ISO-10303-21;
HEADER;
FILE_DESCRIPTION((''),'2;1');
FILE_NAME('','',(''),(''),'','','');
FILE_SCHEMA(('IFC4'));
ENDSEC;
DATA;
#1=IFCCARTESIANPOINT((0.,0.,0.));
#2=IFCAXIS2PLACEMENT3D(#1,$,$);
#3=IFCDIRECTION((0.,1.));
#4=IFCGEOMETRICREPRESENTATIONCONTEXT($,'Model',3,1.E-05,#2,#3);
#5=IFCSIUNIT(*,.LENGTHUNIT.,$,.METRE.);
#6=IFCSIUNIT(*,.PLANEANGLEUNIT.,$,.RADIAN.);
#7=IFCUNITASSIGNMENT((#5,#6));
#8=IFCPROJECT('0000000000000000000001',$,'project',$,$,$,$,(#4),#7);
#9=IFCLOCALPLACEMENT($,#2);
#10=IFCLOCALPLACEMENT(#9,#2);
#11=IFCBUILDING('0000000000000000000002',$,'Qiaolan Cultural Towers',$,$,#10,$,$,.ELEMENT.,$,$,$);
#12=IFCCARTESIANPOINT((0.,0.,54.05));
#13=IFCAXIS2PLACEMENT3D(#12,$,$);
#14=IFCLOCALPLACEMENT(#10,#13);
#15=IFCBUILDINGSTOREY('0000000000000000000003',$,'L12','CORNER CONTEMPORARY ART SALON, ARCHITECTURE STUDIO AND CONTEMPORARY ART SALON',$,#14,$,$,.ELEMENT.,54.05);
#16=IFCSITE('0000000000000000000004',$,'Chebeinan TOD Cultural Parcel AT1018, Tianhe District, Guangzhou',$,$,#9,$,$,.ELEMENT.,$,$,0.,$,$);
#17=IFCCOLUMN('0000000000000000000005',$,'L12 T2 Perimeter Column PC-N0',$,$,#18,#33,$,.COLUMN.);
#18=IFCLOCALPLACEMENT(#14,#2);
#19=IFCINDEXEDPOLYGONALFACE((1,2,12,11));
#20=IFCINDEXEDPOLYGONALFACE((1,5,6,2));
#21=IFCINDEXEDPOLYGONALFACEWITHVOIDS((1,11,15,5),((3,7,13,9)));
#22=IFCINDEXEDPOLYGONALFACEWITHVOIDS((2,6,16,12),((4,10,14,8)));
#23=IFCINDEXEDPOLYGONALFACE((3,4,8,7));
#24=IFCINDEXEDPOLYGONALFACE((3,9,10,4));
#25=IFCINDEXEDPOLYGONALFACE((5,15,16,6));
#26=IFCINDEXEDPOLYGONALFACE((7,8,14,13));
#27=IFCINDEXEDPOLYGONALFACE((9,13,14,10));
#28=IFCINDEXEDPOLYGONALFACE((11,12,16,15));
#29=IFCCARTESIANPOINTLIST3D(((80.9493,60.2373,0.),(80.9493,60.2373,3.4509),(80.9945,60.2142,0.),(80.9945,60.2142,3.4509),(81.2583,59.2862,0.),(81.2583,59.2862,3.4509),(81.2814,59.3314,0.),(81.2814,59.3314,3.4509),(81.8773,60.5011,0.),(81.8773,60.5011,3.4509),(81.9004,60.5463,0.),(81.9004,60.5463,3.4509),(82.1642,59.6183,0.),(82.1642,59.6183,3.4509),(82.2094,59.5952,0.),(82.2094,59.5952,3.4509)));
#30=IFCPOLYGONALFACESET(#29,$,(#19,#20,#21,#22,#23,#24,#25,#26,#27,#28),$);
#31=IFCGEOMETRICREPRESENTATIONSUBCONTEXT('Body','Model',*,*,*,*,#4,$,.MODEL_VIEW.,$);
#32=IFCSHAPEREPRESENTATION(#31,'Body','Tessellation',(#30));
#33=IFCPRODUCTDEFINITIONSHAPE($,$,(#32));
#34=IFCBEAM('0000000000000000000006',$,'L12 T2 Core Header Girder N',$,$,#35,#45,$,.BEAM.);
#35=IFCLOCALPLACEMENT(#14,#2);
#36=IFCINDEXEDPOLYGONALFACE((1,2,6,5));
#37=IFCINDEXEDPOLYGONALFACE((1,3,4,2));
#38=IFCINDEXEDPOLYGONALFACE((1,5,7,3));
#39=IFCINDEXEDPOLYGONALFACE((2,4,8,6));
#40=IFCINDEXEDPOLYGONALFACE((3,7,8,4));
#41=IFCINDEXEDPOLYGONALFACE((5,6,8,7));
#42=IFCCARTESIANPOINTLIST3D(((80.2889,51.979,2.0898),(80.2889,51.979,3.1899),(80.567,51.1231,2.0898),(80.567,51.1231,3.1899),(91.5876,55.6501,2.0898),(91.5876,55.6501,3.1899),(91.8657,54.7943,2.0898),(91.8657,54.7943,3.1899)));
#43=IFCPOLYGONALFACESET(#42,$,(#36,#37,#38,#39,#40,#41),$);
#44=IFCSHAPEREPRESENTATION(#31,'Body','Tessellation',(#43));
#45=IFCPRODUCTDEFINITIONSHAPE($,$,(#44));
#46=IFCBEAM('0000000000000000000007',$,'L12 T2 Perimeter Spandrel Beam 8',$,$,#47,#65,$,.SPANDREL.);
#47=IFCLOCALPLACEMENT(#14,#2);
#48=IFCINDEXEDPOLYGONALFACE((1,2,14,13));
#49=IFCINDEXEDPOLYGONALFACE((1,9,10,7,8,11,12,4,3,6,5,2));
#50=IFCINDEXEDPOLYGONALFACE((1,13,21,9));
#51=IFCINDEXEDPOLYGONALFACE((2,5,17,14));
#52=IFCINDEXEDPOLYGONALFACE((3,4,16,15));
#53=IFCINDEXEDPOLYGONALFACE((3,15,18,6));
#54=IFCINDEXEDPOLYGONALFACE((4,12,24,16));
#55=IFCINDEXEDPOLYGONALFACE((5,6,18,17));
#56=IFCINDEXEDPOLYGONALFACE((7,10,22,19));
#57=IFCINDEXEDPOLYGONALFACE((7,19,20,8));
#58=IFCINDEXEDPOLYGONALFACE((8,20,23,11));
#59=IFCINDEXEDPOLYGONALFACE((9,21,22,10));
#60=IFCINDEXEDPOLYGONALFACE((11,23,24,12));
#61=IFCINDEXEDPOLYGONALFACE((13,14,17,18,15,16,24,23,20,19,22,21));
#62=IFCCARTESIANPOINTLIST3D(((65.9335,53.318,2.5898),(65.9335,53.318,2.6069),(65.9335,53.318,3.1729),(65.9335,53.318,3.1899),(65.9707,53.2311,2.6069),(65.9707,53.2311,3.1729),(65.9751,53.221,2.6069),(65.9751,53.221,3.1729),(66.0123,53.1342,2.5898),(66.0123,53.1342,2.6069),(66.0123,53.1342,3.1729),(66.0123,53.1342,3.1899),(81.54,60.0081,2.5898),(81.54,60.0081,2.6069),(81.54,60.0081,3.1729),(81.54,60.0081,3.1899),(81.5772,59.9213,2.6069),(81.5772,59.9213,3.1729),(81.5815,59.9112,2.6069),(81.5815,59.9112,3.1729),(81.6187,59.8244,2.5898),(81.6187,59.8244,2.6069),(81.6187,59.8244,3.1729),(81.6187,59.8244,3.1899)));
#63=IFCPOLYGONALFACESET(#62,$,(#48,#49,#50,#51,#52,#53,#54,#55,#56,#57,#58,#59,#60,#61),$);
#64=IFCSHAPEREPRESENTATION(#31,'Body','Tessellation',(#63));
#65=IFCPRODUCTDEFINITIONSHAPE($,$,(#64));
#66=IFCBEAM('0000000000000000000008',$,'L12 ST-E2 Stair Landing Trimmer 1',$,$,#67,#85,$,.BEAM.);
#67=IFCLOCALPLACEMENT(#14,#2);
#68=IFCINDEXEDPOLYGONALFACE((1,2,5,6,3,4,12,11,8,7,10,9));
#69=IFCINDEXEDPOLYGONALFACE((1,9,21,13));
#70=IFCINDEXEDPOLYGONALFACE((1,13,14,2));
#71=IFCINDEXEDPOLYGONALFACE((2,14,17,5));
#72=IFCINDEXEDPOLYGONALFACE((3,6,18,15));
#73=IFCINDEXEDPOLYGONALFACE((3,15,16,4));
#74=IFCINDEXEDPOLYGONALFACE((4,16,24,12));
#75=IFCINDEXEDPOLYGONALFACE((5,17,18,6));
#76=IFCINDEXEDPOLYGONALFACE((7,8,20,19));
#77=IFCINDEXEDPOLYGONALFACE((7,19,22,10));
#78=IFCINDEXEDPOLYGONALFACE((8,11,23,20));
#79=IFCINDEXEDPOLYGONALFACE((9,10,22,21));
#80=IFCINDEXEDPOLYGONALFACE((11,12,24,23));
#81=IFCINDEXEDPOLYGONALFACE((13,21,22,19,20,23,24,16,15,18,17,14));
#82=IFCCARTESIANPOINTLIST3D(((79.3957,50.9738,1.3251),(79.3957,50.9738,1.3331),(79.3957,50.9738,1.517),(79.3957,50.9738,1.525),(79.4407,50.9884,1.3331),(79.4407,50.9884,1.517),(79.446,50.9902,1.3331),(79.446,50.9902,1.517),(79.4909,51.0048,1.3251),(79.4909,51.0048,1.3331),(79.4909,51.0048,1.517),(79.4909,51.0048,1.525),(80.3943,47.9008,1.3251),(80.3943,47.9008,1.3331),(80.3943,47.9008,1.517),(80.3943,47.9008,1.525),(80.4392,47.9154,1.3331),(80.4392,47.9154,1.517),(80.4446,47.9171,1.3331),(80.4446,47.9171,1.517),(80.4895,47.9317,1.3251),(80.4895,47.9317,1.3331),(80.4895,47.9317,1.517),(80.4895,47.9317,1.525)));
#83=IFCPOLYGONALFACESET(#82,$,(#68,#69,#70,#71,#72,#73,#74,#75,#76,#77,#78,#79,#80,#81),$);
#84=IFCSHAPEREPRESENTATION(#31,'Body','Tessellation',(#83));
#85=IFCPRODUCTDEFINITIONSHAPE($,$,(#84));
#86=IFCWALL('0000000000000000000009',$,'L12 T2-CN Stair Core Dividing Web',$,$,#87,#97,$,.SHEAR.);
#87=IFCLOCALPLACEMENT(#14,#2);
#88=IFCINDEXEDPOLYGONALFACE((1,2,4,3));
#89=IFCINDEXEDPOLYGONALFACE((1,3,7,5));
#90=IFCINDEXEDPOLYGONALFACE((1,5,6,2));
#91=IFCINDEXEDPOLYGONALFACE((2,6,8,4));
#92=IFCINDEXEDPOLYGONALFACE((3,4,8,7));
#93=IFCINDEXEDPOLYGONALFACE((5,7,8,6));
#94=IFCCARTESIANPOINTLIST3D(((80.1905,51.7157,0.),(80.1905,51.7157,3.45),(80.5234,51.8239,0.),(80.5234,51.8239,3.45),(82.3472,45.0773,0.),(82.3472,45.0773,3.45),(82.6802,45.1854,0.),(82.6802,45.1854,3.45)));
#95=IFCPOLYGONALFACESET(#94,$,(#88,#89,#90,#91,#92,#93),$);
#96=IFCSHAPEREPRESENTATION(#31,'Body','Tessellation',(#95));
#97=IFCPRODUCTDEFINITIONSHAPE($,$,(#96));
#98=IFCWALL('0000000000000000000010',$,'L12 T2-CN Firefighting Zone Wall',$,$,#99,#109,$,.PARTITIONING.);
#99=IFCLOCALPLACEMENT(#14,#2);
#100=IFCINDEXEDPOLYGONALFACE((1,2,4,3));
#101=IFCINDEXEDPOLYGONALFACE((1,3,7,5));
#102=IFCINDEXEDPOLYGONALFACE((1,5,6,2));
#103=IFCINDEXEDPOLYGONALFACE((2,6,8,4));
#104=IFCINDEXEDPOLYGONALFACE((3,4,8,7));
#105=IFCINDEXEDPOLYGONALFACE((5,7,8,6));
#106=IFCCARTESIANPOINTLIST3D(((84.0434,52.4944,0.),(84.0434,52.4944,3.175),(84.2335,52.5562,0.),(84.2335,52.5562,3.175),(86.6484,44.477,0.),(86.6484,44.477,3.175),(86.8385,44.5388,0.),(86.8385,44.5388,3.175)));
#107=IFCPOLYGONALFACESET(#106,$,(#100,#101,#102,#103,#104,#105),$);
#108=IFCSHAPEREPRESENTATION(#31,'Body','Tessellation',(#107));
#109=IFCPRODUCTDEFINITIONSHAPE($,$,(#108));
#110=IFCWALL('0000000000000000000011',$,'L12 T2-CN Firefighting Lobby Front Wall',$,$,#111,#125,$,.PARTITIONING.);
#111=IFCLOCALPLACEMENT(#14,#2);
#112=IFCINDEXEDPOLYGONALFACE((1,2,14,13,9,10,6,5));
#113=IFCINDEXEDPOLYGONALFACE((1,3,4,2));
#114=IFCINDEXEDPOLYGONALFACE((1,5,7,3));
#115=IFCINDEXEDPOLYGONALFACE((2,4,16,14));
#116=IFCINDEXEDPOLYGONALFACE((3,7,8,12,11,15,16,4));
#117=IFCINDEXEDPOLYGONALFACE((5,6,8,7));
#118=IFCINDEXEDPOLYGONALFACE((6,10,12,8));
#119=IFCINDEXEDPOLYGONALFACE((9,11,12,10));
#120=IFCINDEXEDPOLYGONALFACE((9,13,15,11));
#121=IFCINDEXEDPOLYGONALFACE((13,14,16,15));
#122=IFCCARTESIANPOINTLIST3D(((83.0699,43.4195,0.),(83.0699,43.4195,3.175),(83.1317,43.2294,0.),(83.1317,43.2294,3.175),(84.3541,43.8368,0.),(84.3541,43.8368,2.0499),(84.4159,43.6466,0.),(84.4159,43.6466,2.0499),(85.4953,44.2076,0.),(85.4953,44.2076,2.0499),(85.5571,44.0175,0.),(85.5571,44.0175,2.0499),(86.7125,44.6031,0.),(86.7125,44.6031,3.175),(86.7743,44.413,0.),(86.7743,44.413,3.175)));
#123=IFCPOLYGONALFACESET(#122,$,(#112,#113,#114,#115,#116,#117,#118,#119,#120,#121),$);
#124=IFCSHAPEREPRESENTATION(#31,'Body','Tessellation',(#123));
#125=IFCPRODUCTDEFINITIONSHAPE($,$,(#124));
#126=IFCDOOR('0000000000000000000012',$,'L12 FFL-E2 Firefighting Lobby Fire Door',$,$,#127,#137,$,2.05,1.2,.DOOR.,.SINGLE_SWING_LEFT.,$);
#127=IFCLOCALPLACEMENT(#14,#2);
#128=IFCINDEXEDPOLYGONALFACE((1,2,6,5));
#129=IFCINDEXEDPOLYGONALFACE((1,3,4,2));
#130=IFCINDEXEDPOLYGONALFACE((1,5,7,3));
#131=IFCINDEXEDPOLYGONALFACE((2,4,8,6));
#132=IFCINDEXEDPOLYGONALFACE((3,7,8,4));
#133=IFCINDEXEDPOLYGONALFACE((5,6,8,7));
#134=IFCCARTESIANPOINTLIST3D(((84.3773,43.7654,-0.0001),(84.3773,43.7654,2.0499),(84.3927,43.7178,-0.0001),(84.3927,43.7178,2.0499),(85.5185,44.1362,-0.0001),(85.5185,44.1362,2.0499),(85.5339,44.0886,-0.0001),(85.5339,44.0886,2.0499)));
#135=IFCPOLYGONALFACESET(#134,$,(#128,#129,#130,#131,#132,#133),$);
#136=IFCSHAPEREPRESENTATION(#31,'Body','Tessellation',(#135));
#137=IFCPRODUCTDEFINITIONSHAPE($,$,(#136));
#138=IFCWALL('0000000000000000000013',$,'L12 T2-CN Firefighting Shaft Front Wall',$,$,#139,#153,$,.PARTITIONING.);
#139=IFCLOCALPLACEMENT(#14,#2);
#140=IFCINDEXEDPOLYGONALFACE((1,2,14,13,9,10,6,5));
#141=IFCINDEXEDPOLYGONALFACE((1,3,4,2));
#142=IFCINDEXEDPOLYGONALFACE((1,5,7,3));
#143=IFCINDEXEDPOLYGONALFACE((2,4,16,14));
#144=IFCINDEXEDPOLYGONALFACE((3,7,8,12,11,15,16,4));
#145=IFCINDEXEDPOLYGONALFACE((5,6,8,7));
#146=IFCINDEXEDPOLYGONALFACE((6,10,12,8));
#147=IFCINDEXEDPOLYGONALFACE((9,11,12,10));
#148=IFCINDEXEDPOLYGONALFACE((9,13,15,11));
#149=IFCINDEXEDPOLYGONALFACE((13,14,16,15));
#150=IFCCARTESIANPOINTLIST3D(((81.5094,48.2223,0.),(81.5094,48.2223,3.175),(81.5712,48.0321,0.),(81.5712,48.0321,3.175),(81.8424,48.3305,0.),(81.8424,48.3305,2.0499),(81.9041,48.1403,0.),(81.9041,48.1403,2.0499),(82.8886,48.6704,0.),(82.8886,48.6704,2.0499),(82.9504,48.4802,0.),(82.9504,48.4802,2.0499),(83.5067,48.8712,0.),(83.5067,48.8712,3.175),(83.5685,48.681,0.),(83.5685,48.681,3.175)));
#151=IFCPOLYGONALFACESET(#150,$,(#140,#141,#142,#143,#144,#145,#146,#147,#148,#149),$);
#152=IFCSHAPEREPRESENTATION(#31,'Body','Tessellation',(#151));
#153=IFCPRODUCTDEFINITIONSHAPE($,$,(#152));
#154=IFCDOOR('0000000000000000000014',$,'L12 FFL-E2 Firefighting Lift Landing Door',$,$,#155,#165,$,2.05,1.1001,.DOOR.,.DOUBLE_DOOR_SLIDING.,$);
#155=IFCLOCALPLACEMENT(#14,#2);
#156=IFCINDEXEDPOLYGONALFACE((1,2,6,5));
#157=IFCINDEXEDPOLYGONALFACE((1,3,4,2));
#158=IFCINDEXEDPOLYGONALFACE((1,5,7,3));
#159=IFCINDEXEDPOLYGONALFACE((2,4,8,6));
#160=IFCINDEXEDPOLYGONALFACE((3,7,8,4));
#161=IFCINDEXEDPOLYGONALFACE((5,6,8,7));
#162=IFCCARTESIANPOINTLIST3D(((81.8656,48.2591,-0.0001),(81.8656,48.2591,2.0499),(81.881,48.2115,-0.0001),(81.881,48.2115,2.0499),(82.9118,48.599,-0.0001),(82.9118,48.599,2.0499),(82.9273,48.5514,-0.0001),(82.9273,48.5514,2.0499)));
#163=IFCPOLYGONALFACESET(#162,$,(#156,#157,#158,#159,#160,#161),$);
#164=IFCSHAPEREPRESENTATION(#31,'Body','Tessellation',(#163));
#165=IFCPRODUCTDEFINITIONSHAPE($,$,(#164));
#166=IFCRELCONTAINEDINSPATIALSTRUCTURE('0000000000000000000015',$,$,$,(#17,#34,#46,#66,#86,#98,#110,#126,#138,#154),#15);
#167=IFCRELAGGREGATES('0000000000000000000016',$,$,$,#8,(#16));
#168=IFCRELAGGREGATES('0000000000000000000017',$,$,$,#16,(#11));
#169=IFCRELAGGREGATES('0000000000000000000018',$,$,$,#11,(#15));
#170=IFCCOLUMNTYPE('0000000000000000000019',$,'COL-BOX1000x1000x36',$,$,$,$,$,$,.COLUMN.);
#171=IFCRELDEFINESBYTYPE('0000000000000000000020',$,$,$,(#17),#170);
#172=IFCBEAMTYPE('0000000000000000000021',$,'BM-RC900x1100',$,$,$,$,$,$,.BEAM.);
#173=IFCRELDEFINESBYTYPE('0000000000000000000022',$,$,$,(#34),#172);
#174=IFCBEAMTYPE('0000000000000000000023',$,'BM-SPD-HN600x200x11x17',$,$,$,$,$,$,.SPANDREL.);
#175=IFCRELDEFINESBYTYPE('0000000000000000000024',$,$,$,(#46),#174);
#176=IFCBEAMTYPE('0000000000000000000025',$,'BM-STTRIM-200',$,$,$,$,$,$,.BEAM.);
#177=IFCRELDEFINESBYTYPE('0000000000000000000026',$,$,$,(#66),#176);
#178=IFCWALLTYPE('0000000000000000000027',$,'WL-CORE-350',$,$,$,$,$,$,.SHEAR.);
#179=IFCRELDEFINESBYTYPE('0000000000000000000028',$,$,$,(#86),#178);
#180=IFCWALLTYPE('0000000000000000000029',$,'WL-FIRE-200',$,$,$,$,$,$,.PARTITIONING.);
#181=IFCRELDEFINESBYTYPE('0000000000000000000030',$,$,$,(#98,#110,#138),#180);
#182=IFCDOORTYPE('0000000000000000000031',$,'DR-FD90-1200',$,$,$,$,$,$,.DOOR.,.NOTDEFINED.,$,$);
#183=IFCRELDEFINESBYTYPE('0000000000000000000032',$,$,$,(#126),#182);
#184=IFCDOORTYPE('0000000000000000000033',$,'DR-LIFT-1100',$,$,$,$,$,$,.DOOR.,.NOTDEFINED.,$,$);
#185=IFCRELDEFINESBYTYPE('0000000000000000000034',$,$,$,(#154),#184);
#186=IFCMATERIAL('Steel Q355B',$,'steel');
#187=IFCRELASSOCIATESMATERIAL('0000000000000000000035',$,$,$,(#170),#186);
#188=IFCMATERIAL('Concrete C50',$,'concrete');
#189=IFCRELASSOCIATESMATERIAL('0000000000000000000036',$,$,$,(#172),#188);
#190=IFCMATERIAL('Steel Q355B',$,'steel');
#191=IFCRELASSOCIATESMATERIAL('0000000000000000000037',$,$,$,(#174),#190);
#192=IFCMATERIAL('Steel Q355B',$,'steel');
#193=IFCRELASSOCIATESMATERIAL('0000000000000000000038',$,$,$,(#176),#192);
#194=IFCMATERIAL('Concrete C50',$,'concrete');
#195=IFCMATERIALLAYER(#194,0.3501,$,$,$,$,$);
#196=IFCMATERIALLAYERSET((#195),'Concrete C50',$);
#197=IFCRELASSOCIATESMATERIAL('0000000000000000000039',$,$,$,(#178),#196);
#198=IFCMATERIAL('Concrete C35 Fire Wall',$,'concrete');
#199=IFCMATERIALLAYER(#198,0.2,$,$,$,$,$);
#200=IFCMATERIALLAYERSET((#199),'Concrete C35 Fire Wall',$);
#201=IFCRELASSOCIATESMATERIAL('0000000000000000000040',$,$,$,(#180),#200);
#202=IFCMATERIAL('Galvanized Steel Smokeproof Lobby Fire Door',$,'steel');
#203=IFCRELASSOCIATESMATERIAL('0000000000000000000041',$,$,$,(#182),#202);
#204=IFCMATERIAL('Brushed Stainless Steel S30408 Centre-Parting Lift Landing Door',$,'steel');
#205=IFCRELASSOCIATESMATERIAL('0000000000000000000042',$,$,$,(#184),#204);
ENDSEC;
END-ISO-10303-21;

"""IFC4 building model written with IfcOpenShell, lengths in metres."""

from ifc_helpers import new_model, si_unit, direction, frame, frame_2d, origin, origin_2d, place, context, subcontext, project, spatial, rectangle, hollow_rectangle, i_section, extrude, material, layer, layer_set, material_profile, profile_set, type_object, element, fill, save


model = new_model("IFC4")

# Units and contexts
model_context = context("Model", 3, precision=1e-05, world=origin(), true_north=direction((0.0, 1.0)))
body_context = subcontext(model_context, "Body", "Model", "MODEL_VIEW")
ifc_project = project(units=[si_unit("LENGTHUNIT", "METRE"), si_unit("PLANEANGLEUNIT", "RADIAN")], contexts=[model_context])

# Site, building, storey
site_placement = place(None, origin())
site = spatial("IfcSite", under=ifc_project, at=site_placement, Name="Chebeinan TOD Cultural Parcel AT1018, Tianhe District, Guangzhou", CompositionType="ELEMENT", RefElevation=0.0)
building_placement = place(site_placement, origin())
building = spatial("IfcBuilding", under=site, at=building_placement, Name="Qiaolan Cultural Towers", CompositionType="ELEMENT")
storey_placement = place(building_placement, frame((0.0, 0.0, 54.05)))
storey = spatial("IfcBuildingStorey", under=building, at=storey_placement, Name="L12", Description="CORNER CONTEMPORARY ART SALON, ARCHITECTURE STUDIO AND CONTEMPORARY ART SALON", CompositionType="ELEMENT", Elevation=54.05)

# Column
ifc_material_1 = material(Name="Steel Q355B", Category="steel")
ifc_material_profile_1 = material_profile(ifc_material_1, hollow_rectangle(XDim=1.0, YDim=1.0, WallThickness=0.0359, at=origin_2d()), Name="BOX1000x1000x36")
ifc_profile_set_1 = profile_set([ifc_material_profile_1], Name="Steel Q355B")
column_type = type_object("IfcColumnType", Name="COL-BOX1000x1000x36", PredefinedType="COLUMN", material=ifc_profile_set_1)
column_placement = place(storey_placement, frame((81.5793, 59.9163, 0.0), z_axis=(0.0, 0.0, 1.0), x_axis=(0.951057, 0.309017, 0.0)))
element("IfcColumn", 1, at=column_placement, inside=storey, type_object=column_type, Name="L12 T2 Perimeter Column PC-N0", PredefinedType="COLUMN", context=body_context, shape_type="SweptSolid", body=[
    extrude(hollow_rectangle(XDim=1.0, YDim=1.0, WallThickness=0.0359, at=origin_2d()), origin(), (0.0, 0.0, 1.0), 3.4509),
])

# Beams
ifc_material_2 = material(Name="Concrete C50", Category="concrete")
ifc_material_profile_2 = material_profile(ifc_material_2, rectangle(XDim=0.8999, YDim=1.1001, at=origin_2d()), Name="RC900x1100")
ifc_profile_set_2 = profile_set([ifc_material_profile_2], Name="Concrete C50")
beam_type_1 = type_object("IfcBeamType", Name="BM-RC900x1100", PredefinedType="BEAM", material=ifc_profile_set_2)
beam_1_placement = place(storey_placement, frame((80.428, 51.551, 2.6399), z_axis=(0.951056, 0.309018, 0.0), x_axis=(-0.309018, 0.951056, 0.0)))
element("IfcBeam", 2, at=beam_1_placement, inside=storey, type_object=beam_type_1, Name="L12 T2 Core Header Girder N", PredefinedType="BEAM", context=body_context, shape_type="SweptSolid", body=[
    extrude(rectangle(XDim=0.8999, YDim=1.1001, at=origin_2d()), origin(), (0.0, 0.0, 1.0), 11.8801),
])
ifc_material_3 = material(Name="Steel Q355B", Category="steel")
ifc_material_profile_3 = material_profile(ifc_material_3, i_section(OverallWidth=0.2, OverallDepth=0.6001, WebThickness=0.011, FlangeThickness=0.0171, at=origin_2d()), Name="HN600x200x11x17")
ifc_profile_set_3 = profile_set([ifc_material_profile_3], Name="Steel Q355B")
beam_type_2 = type_object("IfcBeamType", Name="BM-SPD-HN600x200x11x17", PredefinedType="SPANDREL", material=ifc_profile_set_3)
beam_2_placement = place(storey_placement, frame((81.5793, 59.9163, 2.8899), z_axis=(-0.919109, -0.394004, 0.0), x_axis=(0.394004, -0.919109, 0.0)))
element("IfcBeam", 3, at=beam_2_placement, inside=storey, type_object=beam_type_2, Name="L12 T2 Perimeter Spandrel Beam 8", PredefinedType="SPANDREL", context=body_context, shape_type="SweptSolid", body=[
    extrude(i_section(OverallWidth=0.2, OverallDepth=0.6001, WebThickness=0.011, FlangeThickness=0.0171, at=origin_2d()), origin(), (0.0, 0.0, 1.0), 16.98),
])
ifc_material_4 = material(Name="Steel Q355B", Category="steel")
ifc_material_profile_4 = material_profile(ifc_material_4, i_section(OverallWidth=0.1001, OverallDepth=0.2, WebThickness=0.0056, FlangeThickness=0.0081, at=origin_2d()), Name="HN200x100x5.5x8")
ifc_profile_set_4 = profile_set([ifc_material_profile_4], Name="Steel Q355B")
beam_type_3 = type_object("IfcBeamType", Name="BM-STTRIM-200", PredefinedType="BEAM", material=ifc_profile_set_4)
beam_3_placement = place(storey_placement, frame((80.4419, 47.9163, 1.425), z_axis=(-0.309033, 0.951051, 0.0), x_axis=(-0.951051, -0.309033, 0.0)))
element("IfcBeam", 4, at=beam_3_placement, inside=storey, type_object=beam_type_3, Name="L12 ST-E2 Stair Landing Trimmer 1", PredefinedType="BEAM", context=body_context, shape_type="SweptSolid", body=[
    extrude(i_section(OverallWidth=0.1001, OverallDepth=0.2, WebThickness=0.0056, FlangeThickness=0.0081, at=origin_2d()), origin(), (0.0, 0.0, 1.0), 3.2312),
])

# Walls
ifc_material_5 = material(Name="Concrete C50", Category="concrete")
ifc_layer_1 = layer(ifc_material_5, 0.3501)
ifc_layer_set_1 = layer_set([ifc_layer_1], Name="Concrete C50")
wall_type_1 = type_object("IfcWallType", Name="WL-CORE-350", PredefinedType="SHEAR", material=ifc_layer_set_1)
wall_1_placement = place(storey_placement, frame((82.5137, 45.1313, 0.0), z_axis=(0.0, 0.0, 1.0), x_axis=(-0.308989, 0.951066, 0.0)))
element("IfcWall", 5, at=wall_1_placement, inside=storey, type_object=wall_type_1, Name="L12 T2-CN Stair Core Dividing Web", PredefinedType="SHEAR", context=body_context, shape_type="SweptSolid", body=[
    extrude(rectangle(XDim=6.98, YDim=0.3501, at=frame_2d((3.49, 0.0))), origin(), (0.0, 0.0, 1.0), 3.45),
])
ifc_material_6 = material(Name="Concrete C35 Fire Wall", Category="concrete")
ifc_layer_2 = layer(ifc_material_6, 0.2)
ifc_layer_set_2 = layer_set([ifc_layer_2], Name="Concrete C35 Fire Wall")
wall_type_2 = type_object("IfcWallType", Name="WL-FIRE-200", PredefinedType="PARTITIONING", material=ifc_layer_set_2)
wall_2_placement = place(storey_placement, frame((86.7434, 44.5081, 0.0), z_axis=(0.0, 0.0, 1.0), x_axis=(-0.309016, 0.951057, 0.0)))
element("IfcWall", 6, at=wall_2_placement, inside=storey, type_object=wall_type_2, Name="L12 T2-CN Firefighting Zone Wall", PredefinedType="PARTITIONING", context=body_context, shape_type="SweptSolid", body=[
    extrude(rectangle(XDim=8.4299, YDim=0.2, at=frame_2d((4.2148, 0.0))), origin(), (0.0, 0.0, 1.0), 3.175),
])

# Walls, openings, doors
wall_3_placement = place(storey_placement, frame((83.1008, 43.3245, 0.0), z_axis=(0.0, 0.0, 1.0), x_axis=(0.951053, 0.309028, 0.0)))
wall_3 = element("IfcWall", 7, at=wall_3_placement, inside=storey, type_object=wall_type_2, Name="L12 T2-CN Firefighting Lobby Front Wall", PredefinedType="PARTITIONING", context=body_context, shape_type="SweptSolid", body=[
    extrude(rectangle(XDim=3.8301, YDim=0.2, at=frame_2d((1.915, 0.0))), origin(), (0.0, 0.0, 1.0), 3.175),
])
opening_1_placement = place(wall_3_placement, frame((1.3501, 0.0, 0.0)))
opening_1 = element("IfcOpeningElement", 8, at=opening_1_placement, cuts=wall_3, PredefinedType="OPENING", context=body_context, shape_type="SweptSolid", body=[
    extrude(rectangle(XDim=1.2, YDim=2.05, at=frame_2d((0.6001, 1.0249))), frame((0.0, 0.1099, 0.0), z_axis=(0.0, -1.0, 0.0), x_axis=(1.0, 0.0, 0.0)), (0.0, 0.0, 1.0), 0.22),
])
ifc_material_7 = material(Name="Galvanized Steel Smokeproof Lobby Fire Door", Category="steel")
door_type_1 = type_object("IfcDoorType", Name="DR-FD90-1200", OperationType="NOTDEFINED", PredefinedType="DOOR", material=ifc_material_7)
door_1_placement = place(opening_1_placement, origin())
door_1 = element("IfcDoor", 9, at=door_1_placement, inside=storey, type_object=door_type_1, Name="L12 FFL-E2 Firefighting Lobby Fire Door", OperationType="SINGLE_SWING_LEFT", OverallHeight=2.05, OverallWidth=1.2, PredefinedType="DOOR", context=body_context, shape_type="SweptSolid", body=[
    extrude(rectangle(XDim=1.2, YDim=2.05, at=frame_2d((0.6001, 1.0249))), frame((0.0, 0.0249, 0.0), z_axis=(0.0, -1.0, 0.0), x_axis=(1.0, 0.0, 0.0)), (0.0, 0.0, 1.0), 0.05),
])
fill(opening_1, door_1)
wall_4_placement = place(storey_placement, frame((81.5403, 48.1272, 0.0), z_axis=(0.0, 0.0, 1.0), x_axis=(0.951062, 0.308999, 0.0)))
wall_4 = element("IfcWall", 10, at=wall_4_placement, inside=storey, type_object=wall_type_2, Name="L12 T2-CN Firefighting Shaft Front Wall", PredefinedType="PARTITIONING", context=body_context, shape_type="SweptSolid", body=[
    extrude(rectangle(XDim=2.1001, YDim=0.2, at=frame_2d((1.05, 0.0))), origin(), (0.0, 0.0, 1.0), 3.175),
])
opening_2_placement = place(wall_4_placement, frame((0.3501, 0.0, 0.0)))
opening_2 = element("IfcOpeningElement", 11, at=opening_2_placement, cuts=wall_4, PredefinedType="OPENING", context=body_context, shape_type="SweptSolid", body=[
    extrude(rectangle(XDim=1.1001, YDim=2.05, at=frame_2d((0.55, 1.0249))), frame((0.0, 0.1099, 0.0), z_axis=(0.0, -1.0, 0.0), x_axis=(1.0, 0.0, 0.0)), (0.0, 0.0, 1.0), 0.22),
])
ifc_material_8 = material(Name="Brushed Stainless Steel S30408 Centre-Parting Lift Landing Door", Category="steel")
door_type_2 = type_object("IfcDoorType", Name="DR-LIFT-1100", OperationType="NOTDEFINED", PredefinedType="DOOR", material=ifc_material_8)
door_2_placement = place(opening_2_placement, origin())
door_2 = element("IfcDoor", 12, at=door_2_placement, inside=storey, type_object=door_type_2, Name="L12 FFL-E2 Firefighting Lift Landing Door", OperationType="DOUBLE_DOOR_SLIDING", OverallHeight=2.05, OverallWidth=1.1001, PredefinedType="DOOR", context=body_context, shape_type="SweptSolid", body=[
    extrude(rectangle(XDim=1.1001, YDim=2.05, at=frame_2d((0.55, 1.0249))), frame((0.0, 0.0249, 0.0), z_axis=(0.0, -1.0, 0.0), x_axis=(1.0, 0.0, 0.0)), (0.0, 0.0, 1.0), 0.05),
])
fill(opening_2, door_2)

save(model, "model.ifc")
